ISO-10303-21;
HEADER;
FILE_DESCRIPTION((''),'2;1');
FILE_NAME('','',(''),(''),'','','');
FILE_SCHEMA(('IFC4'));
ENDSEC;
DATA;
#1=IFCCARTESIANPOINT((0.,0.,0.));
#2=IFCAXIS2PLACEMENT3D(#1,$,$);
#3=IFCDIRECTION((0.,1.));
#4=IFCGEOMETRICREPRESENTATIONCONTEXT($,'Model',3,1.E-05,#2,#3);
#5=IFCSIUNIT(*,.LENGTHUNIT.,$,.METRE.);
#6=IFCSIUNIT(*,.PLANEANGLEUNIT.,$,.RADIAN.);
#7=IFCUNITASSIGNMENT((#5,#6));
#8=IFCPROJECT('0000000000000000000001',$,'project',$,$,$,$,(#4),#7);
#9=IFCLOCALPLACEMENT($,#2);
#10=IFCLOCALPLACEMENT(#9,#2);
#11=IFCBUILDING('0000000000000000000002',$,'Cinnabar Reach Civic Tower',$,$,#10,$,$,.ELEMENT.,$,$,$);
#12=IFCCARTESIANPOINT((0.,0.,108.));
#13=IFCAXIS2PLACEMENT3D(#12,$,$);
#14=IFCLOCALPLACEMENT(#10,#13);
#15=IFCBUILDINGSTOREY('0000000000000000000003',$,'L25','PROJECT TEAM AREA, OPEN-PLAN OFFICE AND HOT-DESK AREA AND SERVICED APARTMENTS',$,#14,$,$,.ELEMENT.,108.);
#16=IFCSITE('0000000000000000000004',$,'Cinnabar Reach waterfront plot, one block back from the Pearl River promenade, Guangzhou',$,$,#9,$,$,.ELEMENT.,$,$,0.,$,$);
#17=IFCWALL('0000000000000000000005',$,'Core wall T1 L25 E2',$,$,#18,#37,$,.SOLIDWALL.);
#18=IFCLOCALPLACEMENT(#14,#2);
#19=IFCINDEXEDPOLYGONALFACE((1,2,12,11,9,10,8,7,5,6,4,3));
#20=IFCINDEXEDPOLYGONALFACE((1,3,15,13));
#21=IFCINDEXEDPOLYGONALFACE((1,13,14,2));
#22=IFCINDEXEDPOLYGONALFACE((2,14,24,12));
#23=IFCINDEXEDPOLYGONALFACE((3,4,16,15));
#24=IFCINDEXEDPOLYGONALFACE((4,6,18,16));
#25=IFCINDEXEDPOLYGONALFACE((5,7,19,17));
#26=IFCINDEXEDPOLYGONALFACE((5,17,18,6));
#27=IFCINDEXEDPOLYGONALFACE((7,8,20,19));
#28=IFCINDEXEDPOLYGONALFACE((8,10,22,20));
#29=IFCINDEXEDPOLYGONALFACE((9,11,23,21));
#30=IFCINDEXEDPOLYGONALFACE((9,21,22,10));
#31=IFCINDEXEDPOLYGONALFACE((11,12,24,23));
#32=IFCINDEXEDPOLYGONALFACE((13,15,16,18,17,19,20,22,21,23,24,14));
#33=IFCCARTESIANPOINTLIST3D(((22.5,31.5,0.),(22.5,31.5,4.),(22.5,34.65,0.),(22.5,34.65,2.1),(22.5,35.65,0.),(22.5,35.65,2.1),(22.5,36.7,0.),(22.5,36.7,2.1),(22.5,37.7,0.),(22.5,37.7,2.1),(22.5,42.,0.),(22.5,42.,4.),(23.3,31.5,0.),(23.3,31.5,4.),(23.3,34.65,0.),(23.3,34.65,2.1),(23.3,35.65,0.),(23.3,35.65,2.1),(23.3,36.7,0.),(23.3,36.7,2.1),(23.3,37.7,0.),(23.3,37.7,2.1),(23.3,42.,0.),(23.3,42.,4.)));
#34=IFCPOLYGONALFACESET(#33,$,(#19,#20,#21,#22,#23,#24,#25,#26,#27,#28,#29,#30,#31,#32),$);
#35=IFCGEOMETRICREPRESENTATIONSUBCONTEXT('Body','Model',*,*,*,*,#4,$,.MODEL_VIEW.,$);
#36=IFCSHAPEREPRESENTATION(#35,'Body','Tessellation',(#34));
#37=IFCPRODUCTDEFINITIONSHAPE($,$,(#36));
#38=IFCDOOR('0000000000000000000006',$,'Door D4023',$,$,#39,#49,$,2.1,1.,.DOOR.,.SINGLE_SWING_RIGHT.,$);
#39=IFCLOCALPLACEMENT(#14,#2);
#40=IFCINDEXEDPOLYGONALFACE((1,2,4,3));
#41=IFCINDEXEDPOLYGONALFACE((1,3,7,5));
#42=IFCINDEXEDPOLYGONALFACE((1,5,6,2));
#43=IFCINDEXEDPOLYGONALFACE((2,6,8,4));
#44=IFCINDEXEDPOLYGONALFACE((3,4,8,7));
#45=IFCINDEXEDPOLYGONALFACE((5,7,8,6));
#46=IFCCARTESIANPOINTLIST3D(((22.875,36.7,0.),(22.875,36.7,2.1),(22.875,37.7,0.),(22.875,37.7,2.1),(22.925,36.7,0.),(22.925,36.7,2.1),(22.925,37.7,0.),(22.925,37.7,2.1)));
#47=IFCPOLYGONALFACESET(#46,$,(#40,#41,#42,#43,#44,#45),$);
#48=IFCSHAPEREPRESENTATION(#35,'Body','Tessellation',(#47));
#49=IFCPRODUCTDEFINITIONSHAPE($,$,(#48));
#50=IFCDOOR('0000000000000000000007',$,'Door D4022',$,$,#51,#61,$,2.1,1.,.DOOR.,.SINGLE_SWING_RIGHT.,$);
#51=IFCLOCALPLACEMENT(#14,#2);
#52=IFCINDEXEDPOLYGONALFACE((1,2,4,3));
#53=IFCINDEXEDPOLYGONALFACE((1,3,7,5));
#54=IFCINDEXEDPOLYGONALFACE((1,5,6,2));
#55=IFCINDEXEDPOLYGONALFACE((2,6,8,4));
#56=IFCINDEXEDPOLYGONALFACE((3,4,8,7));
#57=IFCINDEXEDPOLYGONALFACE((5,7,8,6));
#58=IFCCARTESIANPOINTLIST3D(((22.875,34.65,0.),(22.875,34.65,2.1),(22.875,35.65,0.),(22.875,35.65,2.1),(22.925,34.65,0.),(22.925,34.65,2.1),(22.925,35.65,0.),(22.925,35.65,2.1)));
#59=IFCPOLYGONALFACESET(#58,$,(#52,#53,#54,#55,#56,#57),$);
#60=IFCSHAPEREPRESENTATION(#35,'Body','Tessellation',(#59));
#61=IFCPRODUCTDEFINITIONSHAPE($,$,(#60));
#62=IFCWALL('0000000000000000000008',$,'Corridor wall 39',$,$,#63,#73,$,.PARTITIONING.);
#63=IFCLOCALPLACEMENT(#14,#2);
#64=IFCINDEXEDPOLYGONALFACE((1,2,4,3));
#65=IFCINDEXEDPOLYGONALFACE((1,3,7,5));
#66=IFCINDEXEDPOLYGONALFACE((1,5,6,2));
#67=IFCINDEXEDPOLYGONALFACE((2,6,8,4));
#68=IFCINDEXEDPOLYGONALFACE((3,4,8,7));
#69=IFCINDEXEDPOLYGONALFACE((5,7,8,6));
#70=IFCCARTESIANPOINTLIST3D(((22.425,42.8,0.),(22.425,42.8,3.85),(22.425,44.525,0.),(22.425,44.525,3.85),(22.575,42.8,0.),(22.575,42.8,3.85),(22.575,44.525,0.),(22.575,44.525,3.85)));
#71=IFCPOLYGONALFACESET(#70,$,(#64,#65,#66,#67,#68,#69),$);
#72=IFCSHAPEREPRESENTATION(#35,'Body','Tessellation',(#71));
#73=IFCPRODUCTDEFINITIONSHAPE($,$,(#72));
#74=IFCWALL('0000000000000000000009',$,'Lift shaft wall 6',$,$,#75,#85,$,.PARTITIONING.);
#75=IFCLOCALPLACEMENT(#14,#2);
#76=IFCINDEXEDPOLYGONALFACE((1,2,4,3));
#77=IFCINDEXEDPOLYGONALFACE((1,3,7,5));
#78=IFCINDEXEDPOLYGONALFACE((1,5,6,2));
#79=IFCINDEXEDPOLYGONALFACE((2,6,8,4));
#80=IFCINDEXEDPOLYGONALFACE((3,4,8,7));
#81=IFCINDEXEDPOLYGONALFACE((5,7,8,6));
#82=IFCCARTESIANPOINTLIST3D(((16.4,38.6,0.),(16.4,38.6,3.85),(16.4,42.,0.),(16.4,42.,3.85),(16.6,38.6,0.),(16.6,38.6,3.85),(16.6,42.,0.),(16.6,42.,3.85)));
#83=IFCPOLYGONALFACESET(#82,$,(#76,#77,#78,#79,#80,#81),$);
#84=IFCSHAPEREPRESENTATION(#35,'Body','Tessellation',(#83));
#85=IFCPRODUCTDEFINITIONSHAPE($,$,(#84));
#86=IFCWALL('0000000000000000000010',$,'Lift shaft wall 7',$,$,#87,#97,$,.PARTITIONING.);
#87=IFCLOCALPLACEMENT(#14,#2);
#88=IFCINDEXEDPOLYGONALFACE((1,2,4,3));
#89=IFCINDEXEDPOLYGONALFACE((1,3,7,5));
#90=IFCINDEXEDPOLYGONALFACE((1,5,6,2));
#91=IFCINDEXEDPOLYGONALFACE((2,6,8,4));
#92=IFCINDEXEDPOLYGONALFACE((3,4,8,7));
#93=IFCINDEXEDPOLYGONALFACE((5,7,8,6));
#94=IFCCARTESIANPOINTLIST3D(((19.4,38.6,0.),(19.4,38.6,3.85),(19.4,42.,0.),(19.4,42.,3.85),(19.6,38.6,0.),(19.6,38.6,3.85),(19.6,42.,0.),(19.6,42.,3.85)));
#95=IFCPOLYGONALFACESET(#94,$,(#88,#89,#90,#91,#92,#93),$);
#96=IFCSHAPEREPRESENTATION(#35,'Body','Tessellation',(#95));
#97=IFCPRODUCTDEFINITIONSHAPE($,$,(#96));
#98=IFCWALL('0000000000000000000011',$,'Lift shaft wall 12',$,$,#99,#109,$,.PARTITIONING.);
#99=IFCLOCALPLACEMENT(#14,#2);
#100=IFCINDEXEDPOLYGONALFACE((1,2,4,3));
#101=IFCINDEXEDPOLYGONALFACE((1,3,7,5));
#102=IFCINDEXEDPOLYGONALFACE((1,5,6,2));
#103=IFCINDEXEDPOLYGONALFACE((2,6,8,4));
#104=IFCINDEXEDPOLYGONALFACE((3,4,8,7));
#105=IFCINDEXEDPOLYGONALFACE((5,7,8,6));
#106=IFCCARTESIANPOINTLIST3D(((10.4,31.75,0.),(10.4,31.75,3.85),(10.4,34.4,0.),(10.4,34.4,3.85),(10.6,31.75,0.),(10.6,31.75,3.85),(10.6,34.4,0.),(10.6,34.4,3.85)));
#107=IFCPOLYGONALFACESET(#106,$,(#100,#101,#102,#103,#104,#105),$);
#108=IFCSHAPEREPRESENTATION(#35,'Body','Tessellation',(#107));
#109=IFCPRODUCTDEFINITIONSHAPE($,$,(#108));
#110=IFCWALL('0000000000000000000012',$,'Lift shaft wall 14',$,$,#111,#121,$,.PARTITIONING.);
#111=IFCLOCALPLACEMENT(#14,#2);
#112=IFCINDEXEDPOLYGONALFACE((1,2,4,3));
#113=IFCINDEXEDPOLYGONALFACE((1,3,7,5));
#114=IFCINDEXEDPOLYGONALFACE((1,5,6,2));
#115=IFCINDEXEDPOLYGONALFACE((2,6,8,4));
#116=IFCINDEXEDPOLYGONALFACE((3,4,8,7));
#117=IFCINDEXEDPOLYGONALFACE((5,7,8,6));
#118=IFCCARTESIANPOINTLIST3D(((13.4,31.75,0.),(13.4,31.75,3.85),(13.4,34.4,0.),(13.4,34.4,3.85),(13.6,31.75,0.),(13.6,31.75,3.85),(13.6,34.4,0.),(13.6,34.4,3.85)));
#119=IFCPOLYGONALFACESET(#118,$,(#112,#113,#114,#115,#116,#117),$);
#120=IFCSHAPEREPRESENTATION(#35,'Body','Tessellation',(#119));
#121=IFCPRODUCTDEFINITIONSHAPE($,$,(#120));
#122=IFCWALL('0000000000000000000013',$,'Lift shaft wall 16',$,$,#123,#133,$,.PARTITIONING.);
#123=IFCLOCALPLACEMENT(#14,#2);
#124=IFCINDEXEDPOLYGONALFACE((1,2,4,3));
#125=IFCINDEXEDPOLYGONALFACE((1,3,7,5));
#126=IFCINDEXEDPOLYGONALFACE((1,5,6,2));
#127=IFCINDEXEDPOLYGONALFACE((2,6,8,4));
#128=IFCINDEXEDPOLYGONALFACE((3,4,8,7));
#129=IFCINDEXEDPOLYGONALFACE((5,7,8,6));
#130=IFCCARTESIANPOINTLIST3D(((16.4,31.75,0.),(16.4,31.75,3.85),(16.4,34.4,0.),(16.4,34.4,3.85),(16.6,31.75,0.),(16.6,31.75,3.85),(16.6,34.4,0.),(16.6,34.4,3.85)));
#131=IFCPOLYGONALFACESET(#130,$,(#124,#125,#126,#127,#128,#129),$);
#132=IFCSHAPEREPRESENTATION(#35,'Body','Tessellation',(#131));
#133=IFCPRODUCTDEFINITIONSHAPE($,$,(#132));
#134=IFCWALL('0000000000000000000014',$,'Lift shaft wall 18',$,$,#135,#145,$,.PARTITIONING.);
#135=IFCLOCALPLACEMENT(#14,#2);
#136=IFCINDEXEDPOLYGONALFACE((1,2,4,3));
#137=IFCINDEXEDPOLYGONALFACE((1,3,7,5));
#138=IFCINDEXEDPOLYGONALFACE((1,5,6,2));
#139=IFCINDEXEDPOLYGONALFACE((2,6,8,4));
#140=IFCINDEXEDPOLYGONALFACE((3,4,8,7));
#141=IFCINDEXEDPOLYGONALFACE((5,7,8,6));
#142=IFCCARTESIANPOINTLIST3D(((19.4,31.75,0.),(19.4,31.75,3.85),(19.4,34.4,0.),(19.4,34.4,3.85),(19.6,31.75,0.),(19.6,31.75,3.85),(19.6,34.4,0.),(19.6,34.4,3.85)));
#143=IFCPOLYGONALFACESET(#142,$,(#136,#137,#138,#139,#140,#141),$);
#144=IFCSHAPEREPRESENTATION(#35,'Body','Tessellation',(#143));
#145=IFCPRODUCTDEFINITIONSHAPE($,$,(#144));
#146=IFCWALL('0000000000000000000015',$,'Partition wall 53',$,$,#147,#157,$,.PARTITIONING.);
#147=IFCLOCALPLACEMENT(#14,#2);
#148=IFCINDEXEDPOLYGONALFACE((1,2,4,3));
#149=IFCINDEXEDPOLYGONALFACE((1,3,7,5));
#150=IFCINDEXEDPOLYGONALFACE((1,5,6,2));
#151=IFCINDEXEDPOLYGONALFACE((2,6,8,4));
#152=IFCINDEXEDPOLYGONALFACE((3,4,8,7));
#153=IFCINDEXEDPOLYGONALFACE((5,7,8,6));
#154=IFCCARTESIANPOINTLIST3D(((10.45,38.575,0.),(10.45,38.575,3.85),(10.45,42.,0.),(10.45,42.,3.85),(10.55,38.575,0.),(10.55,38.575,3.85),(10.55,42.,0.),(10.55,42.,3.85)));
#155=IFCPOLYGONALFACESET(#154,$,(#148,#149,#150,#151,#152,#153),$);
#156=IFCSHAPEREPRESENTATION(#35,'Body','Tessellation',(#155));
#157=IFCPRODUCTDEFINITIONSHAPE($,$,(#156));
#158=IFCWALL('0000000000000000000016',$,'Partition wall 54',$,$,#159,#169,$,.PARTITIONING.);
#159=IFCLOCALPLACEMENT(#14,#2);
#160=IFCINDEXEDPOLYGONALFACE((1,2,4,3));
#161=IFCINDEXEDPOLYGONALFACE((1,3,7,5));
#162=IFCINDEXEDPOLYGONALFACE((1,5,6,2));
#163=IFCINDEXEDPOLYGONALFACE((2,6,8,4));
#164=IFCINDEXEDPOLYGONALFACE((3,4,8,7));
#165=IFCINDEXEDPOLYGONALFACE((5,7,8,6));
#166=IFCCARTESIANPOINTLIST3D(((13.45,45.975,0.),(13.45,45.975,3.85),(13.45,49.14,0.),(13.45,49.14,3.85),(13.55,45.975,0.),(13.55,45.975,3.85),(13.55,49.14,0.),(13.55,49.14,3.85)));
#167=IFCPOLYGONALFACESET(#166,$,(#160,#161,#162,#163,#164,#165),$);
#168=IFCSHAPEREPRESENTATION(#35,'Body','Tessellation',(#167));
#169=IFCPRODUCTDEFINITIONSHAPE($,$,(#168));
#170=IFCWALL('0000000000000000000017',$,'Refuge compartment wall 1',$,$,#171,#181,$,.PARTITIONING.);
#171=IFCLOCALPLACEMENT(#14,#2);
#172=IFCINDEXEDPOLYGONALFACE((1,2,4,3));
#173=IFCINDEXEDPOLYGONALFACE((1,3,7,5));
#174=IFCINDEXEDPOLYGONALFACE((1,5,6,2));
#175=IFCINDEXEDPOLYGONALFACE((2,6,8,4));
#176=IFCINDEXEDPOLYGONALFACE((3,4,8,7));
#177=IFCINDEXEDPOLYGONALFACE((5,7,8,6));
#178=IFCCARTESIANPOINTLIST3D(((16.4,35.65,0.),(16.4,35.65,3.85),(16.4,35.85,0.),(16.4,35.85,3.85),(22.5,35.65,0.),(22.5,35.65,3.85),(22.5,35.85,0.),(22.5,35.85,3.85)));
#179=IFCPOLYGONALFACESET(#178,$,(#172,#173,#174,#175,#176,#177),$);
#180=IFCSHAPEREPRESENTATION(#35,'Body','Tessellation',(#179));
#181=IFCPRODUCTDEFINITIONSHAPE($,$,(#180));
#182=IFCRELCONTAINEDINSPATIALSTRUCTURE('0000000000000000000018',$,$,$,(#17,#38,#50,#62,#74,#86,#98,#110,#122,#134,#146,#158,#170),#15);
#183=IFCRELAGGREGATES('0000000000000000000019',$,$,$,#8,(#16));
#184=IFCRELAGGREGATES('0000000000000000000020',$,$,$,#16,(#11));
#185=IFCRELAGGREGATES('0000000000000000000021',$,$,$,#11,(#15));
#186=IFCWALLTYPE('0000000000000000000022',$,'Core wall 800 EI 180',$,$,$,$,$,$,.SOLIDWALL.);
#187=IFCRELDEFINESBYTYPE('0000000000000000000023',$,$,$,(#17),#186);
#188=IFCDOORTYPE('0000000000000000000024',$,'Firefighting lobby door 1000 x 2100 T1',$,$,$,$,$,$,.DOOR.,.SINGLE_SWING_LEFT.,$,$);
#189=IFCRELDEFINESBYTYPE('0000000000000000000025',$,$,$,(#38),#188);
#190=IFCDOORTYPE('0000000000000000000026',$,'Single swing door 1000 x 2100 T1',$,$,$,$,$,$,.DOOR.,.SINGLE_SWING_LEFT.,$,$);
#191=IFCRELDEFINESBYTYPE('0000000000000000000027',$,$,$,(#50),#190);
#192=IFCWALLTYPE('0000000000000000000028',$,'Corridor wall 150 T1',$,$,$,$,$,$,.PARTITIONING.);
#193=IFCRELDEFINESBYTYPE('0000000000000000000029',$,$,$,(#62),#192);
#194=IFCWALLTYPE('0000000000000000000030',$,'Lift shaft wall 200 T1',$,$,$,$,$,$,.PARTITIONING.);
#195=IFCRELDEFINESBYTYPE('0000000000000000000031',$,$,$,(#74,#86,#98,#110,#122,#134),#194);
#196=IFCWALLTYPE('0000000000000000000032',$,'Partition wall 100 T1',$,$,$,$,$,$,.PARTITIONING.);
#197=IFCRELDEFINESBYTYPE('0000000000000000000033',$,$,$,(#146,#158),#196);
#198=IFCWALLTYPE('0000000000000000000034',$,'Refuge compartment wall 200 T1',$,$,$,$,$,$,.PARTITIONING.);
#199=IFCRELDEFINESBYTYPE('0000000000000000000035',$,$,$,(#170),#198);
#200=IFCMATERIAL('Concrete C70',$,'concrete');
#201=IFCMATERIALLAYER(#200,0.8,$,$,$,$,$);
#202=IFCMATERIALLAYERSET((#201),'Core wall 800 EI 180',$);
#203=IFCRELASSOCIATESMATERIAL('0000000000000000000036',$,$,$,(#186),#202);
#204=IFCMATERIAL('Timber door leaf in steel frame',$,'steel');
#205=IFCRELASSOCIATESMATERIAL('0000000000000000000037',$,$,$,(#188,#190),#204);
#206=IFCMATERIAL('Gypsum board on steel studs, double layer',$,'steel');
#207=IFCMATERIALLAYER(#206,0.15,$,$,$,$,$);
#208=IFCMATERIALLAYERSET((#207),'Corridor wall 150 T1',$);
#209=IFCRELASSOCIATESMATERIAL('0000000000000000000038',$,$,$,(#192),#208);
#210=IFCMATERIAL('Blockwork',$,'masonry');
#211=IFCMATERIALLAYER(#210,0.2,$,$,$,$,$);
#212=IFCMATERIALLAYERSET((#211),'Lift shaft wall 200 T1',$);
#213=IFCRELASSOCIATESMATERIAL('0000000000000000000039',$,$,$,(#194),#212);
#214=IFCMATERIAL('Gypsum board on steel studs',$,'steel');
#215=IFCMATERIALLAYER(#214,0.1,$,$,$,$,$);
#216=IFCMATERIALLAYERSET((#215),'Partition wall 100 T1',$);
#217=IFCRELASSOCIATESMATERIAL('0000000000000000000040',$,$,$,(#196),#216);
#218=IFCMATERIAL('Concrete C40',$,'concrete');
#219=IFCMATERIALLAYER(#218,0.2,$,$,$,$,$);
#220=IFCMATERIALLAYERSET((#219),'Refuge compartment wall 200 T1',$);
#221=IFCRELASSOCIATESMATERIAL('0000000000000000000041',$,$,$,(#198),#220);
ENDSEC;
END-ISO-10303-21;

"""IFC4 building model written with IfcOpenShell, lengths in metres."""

from ifc_helpers import new_model, si_unit, direction, frame, frame_2d, origin, place, context, subcontext, project, spatial, rectangle, extrude, material, layer, layer_set, type_object, element, fill, save


model = new_model("IFC4")

# Units and contexts
model_context = context("Model", 3, precision=1e-05, world=origin(), true_north=direction((0.0, 1.0)))
body_context = subcontext(model_context, "Body", "Model", "MODEL_VIEW")
ifc_project = project(units=[si_unit("LENGTHUNIT", "METRE"), si_unit("PLANEANGLEUNIT", "RADIAN")], contexts=[model_context])

# Site, building, storey
site_placement = place(None, origin())
site = spatial("IfcSite", under=ifc_project, at=site_placement, Name="Cinnabar Reach waterfront plot, one block back from the Pearl River promenade, Guangzhou", CompositionType="ELEMENT", RefElevation=0.0)
building_placement = place(site_placement, origin())
building = spatial("IfcBuilding", under=site, at=building_placement, Name="Cinnabar Reach Civic Tower", CompositionType="ELEMENT")
storey_placement = place(building_placement, frame((0.0, 0.0, 108.0)))
storey = spatial("IfcBuildingStorey", under=building, at=storey_placement, Name="L25", Description="PROJECT TEAM AREA, OPEN-PLAN OFFICE AND HOT-DESK AREA AND SERVICED APARTMENTS", CompositionType="ELEMENT", Elevation=108.0)

# Shared definitions
ifc_material_1 = material(Name="Concrete C70", Category="concrete")

# Shared definitions
ifc_layer_1 = layer(ifc_material_1, 0.8)
ifc_layer_set_1 = layer_set([ifc_layer_1], Name="Core wall 800 EI 180")
wall_type_1 = type_object("IfcWallType", Name="Core wall 800 EI 180", PredefinedType="SOLIDWALL", material=ifc_layer_set_1)

# Wall, openings, doors
wall_1_placement = place(storey_placement, frame((22.9, 31.5, 0.0), z_axis=(0.0, 0.0, 1.0), x_axis=(0.0, 1.0, 0.0)))
wall_1 = element("IfcWall", 1, at=wall_1_placement, inside=storey, type_object=wall_type_1, Name="Core wall T1 L25 E2", PredefinedType="SOLIDWALL", context=body_context, shape_type="SweptSolid", body=[
    extrude(rectangle(XDim=10.5, YDim=0.8, at=frame_2d((5.25, 0.0))), origin(), (0.0, 0.0, 1.0), 4.0),
])
opening_1_placement = place(wall_1_placement, frame((3.15, 0.0, 0.0)))
opening_1 = element("IfcOpeningElement", 2, at=opening_1_placement, cuts=wall_1, PredefinedType="OPENING", context=body_context, shape_type="SweptSolid", body=[
    extrude(rectangle(XDim=1.0, YDim=2.1, at=frame_2d((0.5, 1.05))), frame((0.0, 0.41, 0.0), z_axis=(0.0, -1.0, 0.0), x_axis=(1.0, 0.0, 0.0)), (0.0, 0.0, 1.0), 0.82),
])
opening_2_placement = place(wall_1_placement, frame((5.2, 0.0, 0.0)))
opening_2 = element("IfcOpeningElement", 3, at=opening_2_placement, cuts=wall_1, PredefinedType="OPENING", context=body_context, shape_type="SweptSolid", body=[
    extrude(rectangle(XDim=1.0, YDim=2.1, at=frame_2d((0.5, 1.05))), frame((0.0, 0.41, 0.0), z_axis=(0.0, -1.0, 0.0), x_axis=(1.0, 0.0, 0.0)), (0.0, 0.0, 1.0), 0.82),
])
ifc_material_2 = material(Name="Timber door leaf in steel frame", Category="steel")
door_type_1 = type_object("IfcDoorType", Name="Firefighting lobby door 1000 x 2100 T1", OperationType="SINGLE_SWING_LEFT", PredefinedType="DOOR", material=ifc_material_2)
door_1_placement = place(opening_2_placement, origin())
door_1 = element("IfcDoor", 4, at=door_1_placement, inside=storey, type_object=door_type_1, Name="Door D4023", OperationType="SINGLE_SWING_RIGHT", OverallHeight=2.1, OverallWidth=1.0, PredefinedType="DOOR", context=body_context, shape_type="SweptSolid", body=[
    extrude(rectangle(XDim=1.0, YDim=2.1, at=frame_2d((0.5, 1.05))), frame((0.0, 0.025, 0.0), z_axis=(0.0, -1.0, 0.0), x_axis=(1.0, 0.0, 0.0)), (0.0, 0.0, 1.0), 0.05),
])
fill(opening_2, door_1)
door_type_2 = type_object("IfcDoorType", Name="Single swing door 1000 x 2100 T1", OperationType="SINGLE_SWING_LEFT", PredefinedType="DOOR", material=ifc_material_2)
door_2_placement = place(opening_1_placement, origin())
door_2 = element("IfcDoor", 5, at=door_2_placement, inside=storey, type_object=door_type_2, Name="Door D4022", OperationType="SINGLE_SWING_RIGHT", OverallHeight=2.1, OverallWidth=1.0, PredefinedType="DOOR", context=body_context, shape_type="SweptSolid", body=[
    extrude(rectangle(XDim=1.0, YDim=2.1, at=frame_2d((0.5, 1.05))), frame((0.0, 0.025, 0.0), z_axis=(0.0, -1.0, 0.0), x_axis=(1.0, 0.0, 0.0)), (0.0, 0.0, 1.0), 0.05),
])
fill(opening_1, door_2)

# Walls
ifc_material_3 = material(Name="Gypsum board on steel studs, double layer", Category="steel")
ifc_layer_2 = layer(ifc_material_3, 0.15)
ifc_layer_set_2 = layer_set([ifc_layer_2], Name="Corridor wall 150 T1")
wall_type_2 = type_object("IfcWallType", Name="Corridor wall 150 T1", PredefinedType="PARTITIONING", material=ifc_layer_set_2)
wall_2_placement = place(storey_placement, frame((22.5, 42.8, 0.0), z_axis=(0.0, 0.0, 1.0), x_axis=(0.0, 1.0, 0.0)))
element("IfcWall", 6, at=wall_2_placement, inside=storey, type_object=wall_type_2, Name="Corridor wall 39", PredefinedType="PARTITIONING", context=body_context, shape_type="SweptSolid", body=[
    extrude(rectangle(XDim=1.725, YDim=0.15, at=frame_2d((0.8625, 0.0))), origin(), (0.0, 0.0, 1.0), 3.85),
])
ifc_material_4 = material(Name="Blockwork", Category="masonry")
ifc_layer_3 = layer(ifc_material_4, 0.2)
ifc_layer_set_3 = layer_set([ifc_layer_3], Name="Lift shaft wall 200 T1")
wall_type_3 = type_object("IfcWallType", Name="Lift shaft wall 200 T1", PredefinedType="PARTITIONING", material=ifc_layer_set_3)
for number, where, z_axis, x_axis, name in (
    (7, (16.5, 38.6, 0.0), (0.0, 0.0, 1.0), (0.0, 1.0, 0.0), "Lift shaft wall 6"),
    (8, (19.5, 38.6, 0.0), (0.0, 0.0, 1.0), (0.0, 1.0, 0.0), "Lift shaft wall 7"),
):
    element("IfcWall", number, at=place(storey_placement, frame(where, z_axis=z_axis, x_axis=x_axis)), inside=storey, type_object=wall_type_3, Name=name, PredefinedType="PARTITIONING", context=body_context, shape_type="SweptSolid", body=[
        extrude(rectangle(XDim=3.4, YDim=0.2, at=frame_2d((1.7, 0.0))), origin(), (0.0, 0.0, 1.0), 3.85),
    ])
for number, where, z_axis, x_axis, name in (
    (9, (10.5, 31.75, 0.0), (0.0, 0.0, 1.0), (0.0, 1.0, 0.0), "Lift shaft wall 12"),
    (10, (13.5, 31.75, 0.0), (0.0, 0.0, 1.0), (0.0, 1.0, 0.0), "Lift shaft wall 14"),
    (11, (16.5, 31.75, 0.0), (0.0, 0.0, 1.0), (0.0, 1.0, 0.0), "Lift shaft wall 16"),
    (12, (19.5, 31.75, 0.0), (0.0, 0.0, 1.0), (0.0, 1.0, 0.0), "Lift shaft wall 18"),
):
    element("IfcWall", number, at=place(storey_placement, frame(where, z_axis=z_axis, x_axis=x_axis)), inside=storey, type_object=wall_type_3, Name=name, PredefinedType="PARTITIONING", context=body_context, shape_type="SweptSolid", body=[
        extrude(rectangle(XDim=2.65, YDim=0.2, at=frame_2d((1.325, 0.0))), origin(), (0.0, 0.0, 1.0), 3.85),
    ])
ifc_material_5 = material(Name="Gypsum board on steel studs", Category="steel")
ifc_layer_4 = layer(ifc_material_5, 0.1)
ifc_layer_set_4 = layer_set([ifc_layer_4], Name="Partition wall 100 T1")
wall_type_4 = type_object("IfcWallType", Name="Partition wall 100 T1", PredefinedType="PARTITIONING", material=ifc_layer_set_4)
wall_3_placement = place(storey_placement, frame((10.5, 38.575, 0.0), z_axis=(0.0, 0.0, 1.0), x_axis=(0.0, 1.0, 0.0)))
element("IfcWall", 13, at=wall_3_placement, inside=storey, type_object=wall_type_4, Name="Partition wall 53", PredefinedType="PARTITIONING", context=body_context, shape_type="SweptSolid", body=[
    extrude(rectangle(XDim=3.425, YDim=0.1, at=frame_2d((1.7125, 0.0))), origin(), (0.0, 0.0, 1.0), 3.85),
])
wall_4_placement = place(storey_placement, frame((13.5, 45.975, 0.0), z_axis=(0.0, 0.0, 1.0), x_axis=(0.0, 1.0, 0.0)))
element("IfcWall", 14, at=wall_4_placement, inside=storey, type_object=wall_type_4, Name="Partition wall 54", PredefinedType="PARTITIONING", context=body_context, shape_type="SweptSolid", body=[
    extrude(rectangle(XDim=3.165, YDim=0.1, at=frame_2d((1.5825, 0.0))), origin(), (0.0, 0.0, 1.0), 3.85),
])
ifc_material_6 = material(Name="Concrete C40", Category="concrete")
ifc_layer_5 = layer(ifc_material_6, 0.2)
ifc_layer_set_5 = layer_set([ifc_layer_5], Name="Refuge compartment wall 200 T1")
wall_type_5 = type_object("IfcWallType", Name="Refuge compartment wall 200 T1", PredefinedType="PARTITIONING", material=ifc_layer_set_5)
wall_5_placement = place(storey_placement, frame((16.4, 35.75, 0.0), z_axis=(0.0, 0.0, 1.0), x_axis=(1.0, 0.0, 0.0)))
element("IfcWall", 15, at=wall_5_placement, inside=storey, type_object=wall_type_5, Name="Refuge compartment wall 1", PredefinedType="PARTITIONING", context=body_context, shape_type="SweptSolid", body=[
    extrude(rectangle(XDim=6.1, YDim=0.2, at=frame_2d((3.05, 0.0))), origin(), (0.0, 0.0, 1.0), 3.85),
])

save(model, "model.ifc")
